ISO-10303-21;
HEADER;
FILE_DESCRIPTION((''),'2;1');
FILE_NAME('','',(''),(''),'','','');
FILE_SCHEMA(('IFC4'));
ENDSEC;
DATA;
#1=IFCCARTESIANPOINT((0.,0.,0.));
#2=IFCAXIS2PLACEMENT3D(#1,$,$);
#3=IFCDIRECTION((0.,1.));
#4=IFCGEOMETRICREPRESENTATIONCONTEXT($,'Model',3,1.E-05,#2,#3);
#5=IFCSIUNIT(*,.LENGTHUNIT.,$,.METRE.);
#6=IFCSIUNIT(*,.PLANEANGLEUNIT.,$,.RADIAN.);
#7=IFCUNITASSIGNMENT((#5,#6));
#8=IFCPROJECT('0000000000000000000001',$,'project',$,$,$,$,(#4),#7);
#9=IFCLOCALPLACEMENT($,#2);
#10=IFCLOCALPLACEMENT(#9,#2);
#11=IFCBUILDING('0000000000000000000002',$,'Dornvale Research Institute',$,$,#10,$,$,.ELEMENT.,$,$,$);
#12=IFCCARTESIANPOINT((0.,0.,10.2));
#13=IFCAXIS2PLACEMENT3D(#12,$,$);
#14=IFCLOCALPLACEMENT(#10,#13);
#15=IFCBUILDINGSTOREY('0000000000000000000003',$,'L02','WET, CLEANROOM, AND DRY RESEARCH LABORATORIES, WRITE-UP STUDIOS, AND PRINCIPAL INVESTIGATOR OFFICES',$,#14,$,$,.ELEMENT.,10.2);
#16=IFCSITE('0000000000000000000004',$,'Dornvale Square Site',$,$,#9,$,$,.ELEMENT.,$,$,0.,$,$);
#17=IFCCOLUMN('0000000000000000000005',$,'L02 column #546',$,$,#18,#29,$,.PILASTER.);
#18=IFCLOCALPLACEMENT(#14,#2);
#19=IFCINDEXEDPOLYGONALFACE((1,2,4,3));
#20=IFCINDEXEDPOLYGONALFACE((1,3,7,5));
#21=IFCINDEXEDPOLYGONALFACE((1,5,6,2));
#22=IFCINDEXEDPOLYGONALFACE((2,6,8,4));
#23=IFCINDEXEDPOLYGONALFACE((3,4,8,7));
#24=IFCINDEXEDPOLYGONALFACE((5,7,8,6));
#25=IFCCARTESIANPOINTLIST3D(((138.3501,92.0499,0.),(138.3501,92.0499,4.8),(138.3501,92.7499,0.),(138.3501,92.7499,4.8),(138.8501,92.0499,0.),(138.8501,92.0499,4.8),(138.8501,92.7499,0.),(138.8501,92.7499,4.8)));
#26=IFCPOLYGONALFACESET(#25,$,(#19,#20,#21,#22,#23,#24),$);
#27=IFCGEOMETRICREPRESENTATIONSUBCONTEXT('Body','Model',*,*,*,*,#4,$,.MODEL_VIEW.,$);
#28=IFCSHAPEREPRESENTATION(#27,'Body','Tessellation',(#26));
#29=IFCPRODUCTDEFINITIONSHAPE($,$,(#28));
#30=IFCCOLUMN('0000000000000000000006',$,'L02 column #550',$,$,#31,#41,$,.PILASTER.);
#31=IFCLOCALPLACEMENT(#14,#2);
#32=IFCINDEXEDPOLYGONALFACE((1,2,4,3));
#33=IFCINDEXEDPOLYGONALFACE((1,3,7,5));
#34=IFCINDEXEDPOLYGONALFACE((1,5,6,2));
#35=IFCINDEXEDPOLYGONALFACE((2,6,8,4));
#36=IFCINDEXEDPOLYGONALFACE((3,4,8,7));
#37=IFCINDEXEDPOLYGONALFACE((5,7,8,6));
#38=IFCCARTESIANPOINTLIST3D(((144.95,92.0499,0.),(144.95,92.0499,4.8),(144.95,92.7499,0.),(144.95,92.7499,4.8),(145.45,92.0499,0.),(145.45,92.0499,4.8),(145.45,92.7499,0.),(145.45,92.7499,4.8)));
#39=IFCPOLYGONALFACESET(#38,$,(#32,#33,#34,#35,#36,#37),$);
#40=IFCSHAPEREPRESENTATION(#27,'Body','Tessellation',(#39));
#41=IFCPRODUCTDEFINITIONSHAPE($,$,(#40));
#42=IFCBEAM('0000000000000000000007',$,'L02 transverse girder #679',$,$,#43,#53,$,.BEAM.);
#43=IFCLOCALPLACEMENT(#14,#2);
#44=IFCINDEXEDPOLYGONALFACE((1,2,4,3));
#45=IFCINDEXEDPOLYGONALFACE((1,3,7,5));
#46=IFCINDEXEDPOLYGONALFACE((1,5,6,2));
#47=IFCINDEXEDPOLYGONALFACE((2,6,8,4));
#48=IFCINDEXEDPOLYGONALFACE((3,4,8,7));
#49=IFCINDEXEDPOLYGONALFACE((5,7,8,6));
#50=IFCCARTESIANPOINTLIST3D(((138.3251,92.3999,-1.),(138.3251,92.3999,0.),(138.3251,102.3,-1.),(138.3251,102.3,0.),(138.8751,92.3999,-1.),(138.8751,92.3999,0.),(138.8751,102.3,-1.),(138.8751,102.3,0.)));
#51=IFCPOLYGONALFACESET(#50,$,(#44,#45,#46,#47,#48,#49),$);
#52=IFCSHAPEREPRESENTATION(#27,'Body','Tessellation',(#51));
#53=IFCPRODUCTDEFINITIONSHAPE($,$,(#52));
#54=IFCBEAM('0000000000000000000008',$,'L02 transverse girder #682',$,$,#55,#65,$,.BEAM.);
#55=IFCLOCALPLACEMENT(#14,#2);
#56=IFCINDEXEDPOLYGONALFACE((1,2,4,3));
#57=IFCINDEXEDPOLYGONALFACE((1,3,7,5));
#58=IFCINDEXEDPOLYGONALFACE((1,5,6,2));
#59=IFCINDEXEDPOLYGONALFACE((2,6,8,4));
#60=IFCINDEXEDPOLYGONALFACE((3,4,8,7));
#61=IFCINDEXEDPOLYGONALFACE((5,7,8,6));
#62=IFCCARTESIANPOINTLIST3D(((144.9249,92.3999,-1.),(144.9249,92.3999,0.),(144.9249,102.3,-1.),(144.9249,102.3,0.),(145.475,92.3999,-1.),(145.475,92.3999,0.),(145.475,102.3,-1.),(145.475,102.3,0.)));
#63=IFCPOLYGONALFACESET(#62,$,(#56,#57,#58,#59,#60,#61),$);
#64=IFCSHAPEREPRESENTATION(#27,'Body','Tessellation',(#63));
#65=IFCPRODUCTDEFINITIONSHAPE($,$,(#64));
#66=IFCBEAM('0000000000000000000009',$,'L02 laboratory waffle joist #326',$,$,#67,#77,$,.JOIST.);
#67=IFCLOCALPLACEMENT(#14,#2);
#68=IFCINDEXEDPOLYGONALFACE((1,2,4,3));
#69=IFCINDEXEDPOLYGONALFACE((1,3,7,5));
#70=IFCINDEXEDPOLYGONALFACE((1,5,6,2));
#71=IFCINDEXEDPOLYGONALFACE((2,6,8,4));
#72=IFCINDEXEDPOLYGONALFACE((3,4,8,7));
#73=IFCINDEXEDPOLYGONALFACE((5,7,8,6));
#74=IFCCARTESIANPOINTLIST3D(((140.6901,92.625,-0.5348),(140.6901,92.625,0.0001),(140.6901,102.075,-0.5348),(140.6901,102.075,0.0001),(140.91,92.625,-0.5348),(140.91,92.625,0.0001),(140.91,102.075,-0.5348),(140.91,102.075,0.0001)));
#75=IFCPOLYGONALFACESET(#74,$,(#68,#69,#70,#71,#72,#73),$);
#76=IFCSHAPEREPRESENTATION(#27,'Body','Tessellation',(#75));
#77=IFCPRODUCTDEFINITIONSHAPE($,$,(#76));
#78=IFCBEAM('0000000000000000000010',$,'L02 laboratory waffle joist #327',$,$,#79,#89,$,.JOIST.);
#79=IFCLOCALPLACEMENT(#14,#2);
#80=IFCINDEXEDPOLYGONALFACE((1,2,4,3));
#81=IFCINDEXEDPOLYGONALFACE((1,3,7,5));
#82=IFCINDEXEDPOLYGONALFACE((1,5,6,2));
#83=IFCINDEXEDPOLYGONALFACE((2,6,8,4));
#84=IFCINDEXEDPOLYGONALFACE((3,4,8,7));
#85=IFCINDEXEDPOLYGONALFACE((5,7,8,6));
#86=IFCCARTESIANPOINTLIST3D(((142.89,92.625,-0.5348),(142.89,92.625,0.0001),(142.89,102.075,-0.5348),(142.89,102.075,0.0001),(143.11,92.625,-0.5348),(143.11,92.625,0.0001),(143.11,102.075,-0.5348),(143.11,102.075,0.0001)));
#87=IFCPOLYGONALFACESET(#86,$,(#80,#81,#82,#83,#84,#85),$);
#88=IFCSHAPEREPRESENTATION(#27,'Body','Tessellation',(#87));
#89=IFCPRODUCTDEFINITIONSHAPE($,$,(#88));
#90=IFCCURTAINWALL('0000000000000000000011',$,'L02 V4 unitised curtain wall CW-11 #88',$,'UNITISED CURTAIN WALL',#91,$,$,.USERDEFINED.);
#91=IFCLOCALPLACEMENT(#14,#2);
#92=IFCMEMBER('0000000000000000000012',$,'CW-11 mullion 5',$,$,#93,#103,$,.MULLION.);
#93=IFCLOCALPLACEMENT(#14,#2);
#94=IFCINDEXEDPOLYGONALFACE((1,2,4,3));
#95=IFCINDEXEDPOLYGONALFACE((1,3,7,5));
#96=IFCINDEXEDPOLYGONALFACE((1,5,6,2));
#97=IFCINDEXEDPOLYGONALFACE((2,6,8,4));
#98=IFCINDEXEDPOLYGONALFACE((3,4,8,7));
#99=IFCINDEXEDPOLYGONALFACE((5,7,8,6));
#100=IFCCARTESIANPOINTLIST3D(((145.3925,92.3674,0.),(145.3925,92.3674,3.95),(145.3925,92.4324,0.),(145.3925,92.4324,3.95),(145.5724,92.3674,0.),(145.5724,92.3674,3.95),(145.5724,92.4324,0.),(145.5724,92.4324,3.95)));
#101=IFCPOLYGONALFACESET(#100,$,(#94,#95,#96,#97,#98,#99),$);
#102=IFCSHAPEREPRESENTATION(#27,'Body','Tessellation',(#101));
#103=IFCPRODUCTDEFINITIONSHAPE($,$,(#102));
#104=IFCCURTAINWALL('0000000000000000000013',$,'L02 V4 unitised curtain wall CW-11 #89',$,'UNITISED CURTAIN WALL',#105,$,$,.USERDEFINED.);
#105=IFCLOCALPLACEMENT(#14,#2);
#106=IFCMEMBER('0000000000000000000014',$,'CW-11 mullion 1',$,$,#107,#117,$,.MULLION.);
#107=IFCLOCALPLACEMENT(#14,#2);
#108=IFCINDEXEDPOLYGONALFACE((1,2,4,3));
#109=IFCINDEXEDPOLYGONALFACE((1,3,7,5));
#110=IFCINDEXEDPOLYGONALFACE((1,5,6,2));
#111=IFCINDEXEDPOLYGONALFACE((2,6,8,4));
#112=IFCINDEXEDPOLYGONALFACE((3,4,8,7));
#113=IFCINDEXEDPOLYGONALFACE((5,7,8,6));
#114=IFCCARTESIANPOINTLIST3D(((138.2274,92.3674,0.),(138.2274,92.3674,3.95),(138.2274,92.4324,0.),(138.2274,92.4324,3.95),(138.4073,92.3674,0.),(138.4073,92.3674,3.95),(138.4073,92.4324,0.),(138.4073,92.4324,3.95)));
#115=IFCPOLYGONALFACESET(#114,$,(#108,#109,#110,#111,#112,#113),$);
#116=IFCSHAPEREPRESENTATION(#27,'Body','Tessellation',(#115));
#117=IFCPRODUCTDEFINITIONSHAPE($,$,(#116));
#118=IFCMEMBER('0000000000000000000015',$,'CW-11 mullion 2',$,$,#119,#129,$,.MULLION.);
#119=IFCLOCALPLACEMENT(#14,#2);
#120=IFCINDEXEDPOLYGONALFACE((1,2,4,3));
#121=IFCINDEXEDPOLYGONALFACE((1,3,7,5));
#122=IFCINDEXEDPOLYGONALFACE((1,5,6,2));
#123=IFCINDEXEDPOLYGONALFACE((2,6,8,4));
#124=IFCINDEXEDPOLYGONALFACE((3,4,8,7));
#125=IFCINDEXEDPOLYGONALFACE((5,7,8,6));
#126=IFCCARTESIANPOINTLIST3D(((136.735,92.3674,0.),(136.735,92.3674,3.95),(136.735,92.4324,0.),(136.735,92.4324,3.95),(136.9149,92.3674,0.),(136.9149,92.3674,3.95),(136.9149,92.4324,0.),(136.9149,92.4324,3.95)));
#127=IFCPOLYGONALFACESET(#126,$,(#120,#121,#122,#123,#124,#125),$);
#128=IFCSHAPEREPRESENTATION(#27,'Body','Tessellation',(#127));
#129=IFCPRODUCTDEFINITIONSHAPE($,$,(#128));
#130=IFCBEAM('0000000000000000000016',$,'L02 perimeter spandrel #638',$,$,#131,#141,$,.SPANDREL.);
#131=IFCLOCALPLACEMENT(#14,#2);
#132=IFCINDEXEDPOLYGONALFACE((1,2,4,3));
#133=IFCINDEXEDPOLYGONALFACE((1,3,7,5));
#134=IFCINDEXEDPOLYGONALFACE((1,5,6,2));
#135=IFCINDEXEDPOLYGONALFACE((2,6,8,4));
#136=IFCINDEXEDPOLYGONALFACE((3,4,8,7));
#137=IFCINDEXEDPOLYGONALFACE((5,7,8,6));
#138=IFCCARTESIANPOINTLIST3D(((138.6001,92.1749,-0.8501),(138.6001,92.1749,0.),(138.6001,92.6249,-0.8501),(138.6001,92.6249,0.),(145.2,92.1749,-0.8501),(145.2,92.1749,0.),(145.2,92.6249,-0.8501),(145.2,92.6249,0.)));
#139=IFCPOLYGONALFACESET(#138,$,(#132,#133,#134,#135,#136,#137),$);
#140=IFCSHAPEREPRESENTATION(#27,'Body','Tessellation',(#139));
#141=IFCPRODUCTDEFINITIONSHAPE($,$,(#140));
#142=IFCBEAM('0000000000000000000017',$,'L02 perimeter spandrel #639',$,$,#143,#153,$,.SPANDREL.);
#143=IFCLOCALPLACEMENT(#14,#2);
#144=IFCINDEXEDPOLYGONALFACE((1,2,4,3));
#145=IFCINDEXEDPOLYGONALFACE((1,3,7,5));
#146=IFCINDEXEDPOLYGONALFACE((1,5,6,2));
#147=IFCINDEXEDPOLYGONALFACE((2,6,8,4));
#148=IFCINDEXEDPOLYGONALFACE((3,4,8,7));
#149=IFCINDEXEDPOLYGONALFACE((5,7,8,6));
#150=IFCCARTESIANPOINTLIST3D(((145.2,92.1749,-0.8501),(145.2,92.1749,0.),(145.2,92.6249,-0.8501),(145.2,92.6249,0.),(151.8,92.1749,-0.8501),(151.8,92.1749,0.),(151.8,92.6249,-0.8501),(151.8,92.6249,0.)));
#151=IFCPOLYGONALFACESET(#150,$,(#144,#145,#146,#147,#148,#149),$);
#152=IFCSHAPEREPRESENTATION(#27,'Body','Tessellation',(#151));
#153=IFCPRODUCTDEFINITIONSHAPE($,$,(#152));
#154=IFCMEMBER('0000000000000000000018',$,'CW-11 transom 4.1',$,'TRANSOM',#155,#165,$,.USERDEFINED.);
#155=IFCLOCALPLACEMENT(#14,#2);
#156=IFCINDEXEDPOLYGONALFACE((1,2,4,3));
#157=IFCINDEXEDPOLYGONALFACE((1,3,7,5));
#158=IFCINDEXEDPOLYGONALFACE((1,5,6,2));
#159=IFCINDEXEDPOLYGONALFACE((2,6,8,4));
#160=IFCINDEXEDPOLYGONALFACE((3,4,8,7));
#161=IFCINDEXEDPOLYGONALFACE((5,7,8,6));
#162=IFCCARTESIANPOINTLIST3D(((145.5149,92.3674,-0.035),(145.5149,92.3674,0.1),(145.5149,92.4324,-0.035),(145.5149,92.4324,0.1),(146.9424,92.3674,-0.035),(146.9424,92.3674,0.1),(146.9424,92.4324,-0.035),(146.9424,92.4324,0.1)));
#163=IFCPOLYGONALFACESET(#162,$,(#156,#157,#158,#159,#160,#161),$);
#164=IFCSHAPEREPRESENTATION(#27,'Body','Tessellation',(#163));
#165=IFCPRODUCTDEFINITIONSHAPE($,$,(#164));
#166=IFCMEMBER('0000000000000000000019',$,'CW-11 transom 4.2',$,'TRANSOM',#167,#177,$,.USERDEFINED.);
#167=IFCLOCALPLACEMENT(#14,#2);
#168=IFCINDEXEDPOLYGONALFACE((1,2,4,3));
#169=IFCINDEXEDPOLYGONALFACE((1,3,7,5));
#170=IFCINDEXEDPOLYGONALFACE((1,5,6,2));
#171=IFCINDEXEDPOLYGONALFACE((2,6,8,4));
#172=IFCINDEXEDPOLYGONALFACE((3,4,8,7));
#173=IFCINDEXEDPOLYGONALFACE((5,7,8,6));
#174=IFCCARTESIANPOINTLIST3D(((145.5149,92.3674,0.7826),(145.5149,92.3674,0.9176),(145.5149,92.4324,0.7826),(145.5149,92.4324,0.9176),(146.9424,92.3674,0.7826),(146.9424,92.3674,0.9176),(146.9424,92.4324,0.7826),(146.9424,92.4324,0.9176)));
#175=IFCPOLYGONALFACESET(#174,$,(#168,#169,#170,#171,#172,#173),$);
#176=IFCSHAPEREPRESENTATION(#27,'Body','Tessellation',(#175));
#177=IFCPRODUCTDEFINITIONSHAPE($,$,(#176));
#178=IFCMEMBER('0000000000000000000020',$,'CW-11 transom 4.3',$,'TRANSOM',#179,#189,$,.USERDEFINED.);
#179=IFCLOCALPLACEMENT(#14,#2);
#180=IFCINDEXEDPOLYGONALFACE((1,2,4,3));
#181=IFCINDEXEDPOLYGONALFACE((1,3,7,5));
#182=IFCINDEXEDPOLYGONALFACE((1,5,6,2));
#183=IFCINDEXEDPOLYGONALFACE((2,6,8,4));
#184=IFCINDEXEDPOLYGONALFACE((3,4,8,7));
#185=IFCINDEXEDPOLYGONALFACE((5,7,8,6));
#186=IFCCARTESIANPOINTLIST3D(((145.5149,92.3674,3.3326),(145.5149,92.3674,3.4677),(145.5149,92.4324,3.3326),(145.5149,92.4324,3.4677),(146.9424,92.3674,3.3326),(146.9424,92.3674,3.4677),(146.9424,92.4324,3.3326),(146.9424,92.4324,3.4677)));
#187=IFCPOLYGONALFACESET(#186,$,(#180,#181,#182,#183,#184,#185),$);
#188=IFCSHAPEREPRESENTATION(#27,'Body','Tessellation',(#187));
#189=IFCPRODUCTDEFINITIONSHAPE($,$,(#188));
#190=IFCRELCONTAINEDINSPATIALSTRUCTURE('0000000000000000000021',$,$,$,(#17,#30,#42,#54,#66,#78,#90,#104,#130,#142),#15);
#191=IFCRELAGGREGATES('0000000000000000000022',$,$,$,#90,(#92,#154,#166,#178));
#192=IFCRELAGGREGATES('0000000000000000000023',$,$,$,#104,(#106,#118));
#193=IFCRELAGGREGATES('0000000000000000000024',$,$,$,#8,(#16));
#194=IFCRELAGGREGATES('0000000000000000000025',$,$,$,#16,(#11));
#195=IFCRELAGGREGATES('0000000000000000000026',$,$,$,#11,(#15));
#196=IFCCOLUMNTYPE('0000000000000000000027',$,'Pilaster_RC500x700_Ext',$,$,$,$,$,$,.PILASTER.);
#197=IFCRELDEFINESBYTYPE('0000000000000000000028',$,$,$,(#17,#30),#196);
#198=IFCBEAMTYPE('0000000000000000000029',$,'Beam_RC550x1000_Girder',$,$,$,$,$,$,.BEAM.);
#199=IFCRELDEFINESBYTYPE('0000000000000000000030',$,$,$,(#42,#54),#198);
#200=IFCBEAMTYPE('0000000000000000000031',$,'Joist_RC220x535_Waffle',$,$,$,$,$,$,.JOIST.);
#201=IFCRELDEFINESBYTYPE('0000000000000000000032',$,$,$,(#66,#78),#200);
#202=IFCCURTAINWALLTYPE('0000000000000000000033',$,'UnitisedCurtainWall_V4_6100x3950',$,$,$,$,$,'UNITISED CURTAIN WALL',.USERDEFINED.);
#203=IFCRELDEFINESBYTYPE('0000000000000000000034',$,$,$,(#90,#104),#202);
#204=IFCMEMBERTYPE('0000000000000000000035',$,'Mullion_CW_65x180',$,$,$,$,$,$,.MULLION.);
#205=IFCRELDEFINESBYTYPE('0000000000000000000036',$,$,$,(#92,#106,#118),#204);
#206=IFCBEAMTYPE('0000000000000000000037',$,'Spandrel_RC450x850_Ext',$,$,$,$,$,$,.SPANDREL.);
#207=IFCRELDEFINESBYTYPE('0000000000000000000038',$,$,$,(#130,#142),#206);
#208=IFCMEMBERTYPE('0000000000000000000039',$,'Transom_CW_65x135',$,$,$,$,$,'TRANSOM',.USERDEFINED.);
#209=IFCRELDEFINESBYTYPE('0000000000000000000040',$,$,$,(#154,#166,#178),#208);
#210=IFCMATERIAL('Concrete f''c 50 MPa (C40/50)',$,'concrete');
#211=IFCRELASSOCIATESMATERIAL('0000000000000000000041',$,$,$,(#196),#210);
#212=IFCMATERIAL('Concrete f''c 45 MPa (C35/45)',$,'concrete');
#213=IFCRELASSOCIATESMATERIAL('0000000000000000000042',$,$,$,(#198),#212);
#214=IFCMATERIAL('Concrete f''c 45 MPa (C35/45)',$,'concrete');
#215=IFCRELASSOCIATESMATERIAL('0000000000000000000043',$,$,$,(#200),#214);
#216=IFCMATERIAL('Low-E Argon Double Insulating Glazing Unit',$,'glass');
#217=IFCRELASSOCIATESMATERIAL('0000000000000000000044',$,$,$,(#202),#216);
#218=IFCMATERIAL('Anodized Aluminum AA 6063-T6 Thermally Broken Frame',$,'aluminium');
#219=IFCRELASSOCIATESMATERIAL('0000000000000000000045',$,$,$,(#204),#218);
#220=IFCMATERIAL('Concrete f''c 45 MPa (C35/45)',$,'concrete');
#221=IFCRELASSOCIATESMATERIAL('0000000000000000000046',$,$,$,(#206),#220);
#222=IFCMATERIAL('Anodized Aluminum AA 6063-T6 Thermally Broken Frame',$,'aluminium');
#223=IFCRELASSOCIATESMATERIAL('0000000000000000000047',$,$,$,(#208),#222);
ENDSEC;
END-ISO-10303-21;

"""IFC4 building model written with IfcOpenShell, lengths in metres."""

from ifc_helpers import new_model, si_unit, direction, frame, origin, origin_2d, place, context, subcontext, project, spatial, rectangle, extrude, material, material_profile, profile_set, type_object, element, aggregate, save


model = new_model("IFC4")

# Units and contexts
model_context = context("Model", 3, precision=1e-05, world=origin(), true_north=direction((0.0, 1.0)))
body_context = subcontext(model_context, "Body", "Model", "MODEL_VIEW")
ifc_project = project(units=[si_unit("LENGTHUNIT", "METRE"), si_unit("PLANEANGLEUNIT", "RADIAN")], contexts=[model_context])

# Site, building, storey
site_placement = place(None, origin())
site = spatial("IfcSite", under=ifc_project, at=site_placement, Name="Dornvale Square Site", CompositionType="ELEMENT", RefElevation=0.0)
building_placement = place(site_placement, origin())
building = spatial("IfcBuilding", under=site, at=building_placement, Name="Dornvale Research Institute", CompositionType="ELEMENT")
storey_placement = place(building_placement, frame((0.0, 0.0, 10.2)))
storey = spatial("IfcBuildingStorey", under=building, at=storey_placement, Name="L02", Description="WET, CLEANROOM, AND DRY RESEARCH LABORATORIES, WRITE-UP STUDIOS, AND PRINCIPAL INVESTIGATOR OFFICES", CompositionType="ELEMENT", Elevation=10.2)

# Columns
ifc_material_1 = material(Name="Concrete f'c 50 MPa (C40/50)", Category="concrete")
ifc_material_profile_1 = material_profile(ifc_material_1, rectangle(XDim=0.5, YDim=0.7, at=origin_2d()), Name="RC 500x700")
ifc_profile_set_1 = profile_set([ifc_material_profile_1], Name="Concrete f'c 50 MPa (C40/50)")
column_type = type_object("IfcColumnType", Name="Pilaster_RC500x700_Ext", PredefinedType="PILASTER", material=ifc_profile_set_1)
for number, where, z_axis, x_axis, name in (
    (1, (138.6001, 92.3999, 0.0), (0.0, 0.0, 1.0), (1.0, 0.0, 0.0), "L02 column #546"),
    (2, (145.2, 92.3999, 0.0), (0.0, 0.0, 1.0), (1.0, 0.0, 0.0), "L02 column #550"),
):
    element("IfcColumn", number, at=place(storey_placement, frame(where, z_axis=z_axis, x_axis=x_axis)), inside=storey, type_object=column_type, Name=name, PredefinedType="PILASTER", context=body_context, shape_type="SweptSolid", body=[
        extrude(rectangle(XDim=0.5, YDim=0.7, at=origin_2d()), origin(), (0.0, 0.0, 1.0), 4.8),
    ])

# Beams
ifc_material_2 = material(Name="Concrete f'c 45 MPa (C35/45)", Category="concrete")
ifc_material_profile_2 = material_profile(ifc_material_2, rectangle(XDim=0.55, YDim=1.0, at=origin_2d()), Name="RC 550x1000")
ifc_profile_set_2 = profile_set([ifc_material_profile_2], Name="Concrete f'c 45 MPa (C35/45)")
beam_type_1 = type_object("IfcBeamType", Name="Beam_RC550x1000_Girder", PredefinedType="BEAM", material=ifc_profile_set_2)
for number, where, z_axis, x_axis, name in (
    (3, (138.6001, 92.3999, -0.5), (0.0, 1.0, 0.0), (-1.0, 0.0, 0.0), "L02 transverse girder #679"),
    (4, (145.2, 92.3999, -0.5), (0.0, 1.0, 0.0), (-1.0, 0.0, 0.0), "L02 transverse girder #682"),
):
    element("IfcBeam", number, at=place(storey_placement, frame(where, z_axis=z_axis, x_axis=x_axis)), inside=storey, type_object=beam_type_1, Name=name, PredefinedType="BEAM", context=body_context, shape_type="SweptSolid", body=[
        extrude(rectangle(XDim=0.55, YDim=1.0, at=origin_2d()), origin(), (0.0, 0.0, 1.0), 9.9001),
    ])
ifc_material_3 = material(Name="Concrete f'c 45 MPa (C35/45)", Category="concrete")
ifc_material_profile_3 = material_profile(ifc_material_3, rectangle(XDim=0.22, YDim=0.5349, at=origin_2d()), Name="RC 220x535")
ifc_profile_set_3 = profile_set([ifc_material_profile_3], Name="Concrete f'c 45 MPa (C35/45)")
beam_type_2 = type_object("IfcBeamType", Name="Joist_RC220x535_Waffle", PredefinedType="JOIST", material=ifc_profile_set_3)
for number, where, z_axis, x_axis, name in (
    (5, (140.8, 92.625, -0.2673), (0.0, 1.0, 0.0), (-1.0, 0.0, 0.0), "L02 laboratory waffle joist #326"),
    (6, (143.0, 92.625, -0.2673), (0.0, 1.0, 0.0), (-1.0, 0.0, 0.0), "L02 laboratory waffle joist #327"),
):
    element("IfcBeam", number, at=place(storey_placement, frame(where, z_axis=z_axis, x_axis=x_axis)), inside=storey, type_object=beam_type_2, Name=name, PredefinedType="JOIST", context=body_context, shape_type="SweptSolid", body=[
        extrude(rectangle(XDim=0.22, YDim=0.5349, at=origin_2d()), origin(), (0.0, 0.0, 1.0), 9.45),
    ])

# Curtain wall, member
ifc_material_4 = material(Name="Low-E Argon Double Insulating Glazing Unit", Category="glass")
curtain_wall_type = type_object("IfcCurtainWallType", Name="UnitisedCurtainWall_V4_6100x3950", ElementType="UNITISED CURTAIN WALL", PredefinedType="USERDEFINED", material=ifc_material_4)
curtain_wall_1_placement = place(storey_placement, origin())
curtain_wall_1 = element("IfcCurtainWall", 7, at=curtain_wall_1_placement, inside=storey, type_object=curtain_wall_type, Name="L02 V4 unitised curtain wall CW-11 #88", ObjectType="UNITISED CURTAIN WALL", PredefinedType="USERDEFINED")
ifc_material_5 = material(Name="Anodized Aluminum AA 6063-T6 Thermally Broken Frame", Category="aluminium")
ifc_material_profile_4 = material_profile(ifc_material_5, rectangle(XDim=0.0649, YDim=0.1799, at=origin_2d()), Name="ALU MULLION 65x180")
ifc_profile_set_4 = profile_set([ifc_material_profile_4], Name="Anodized Aluminum AA 6063-T6 Thermally Broken Frame")
member_type_1 = type_object("IfcMemberType", Name="Mullion_CW_65x180", PredefinedType="MULLION", material=ifc_profile_set_4)
member_1_placement = place(storey_placement, frame((145.4824, 92.3999, 0.0), z_axis=(0.0, 0.0, 1.0), x_axis=(0.0, -1.0, 0.0)))
member_1 = element("IfcMember", 8, at=member_1_placement, type_object=member_type_1, Name="CW-11 mullion 5", PredefinedType="MULLION", context=body_context, shape_type="SweptSolid", body=[
    extrude(rectangle(XDim=0.0649, YDim=0.1799, at=origin_2d()), origin(), (0.0, 0.0, 1.0), 3.95),
])

# Curtain wall, members
curtain_wall_2_placement = place(storey_placement, origin())
curtain_wall_2 = element("IfcCurtainWall", 9, at=curtain_wall_2_placement, inside=storey, type_object=curtain_wall_type, Name="L02 V4 unitised curtain wall CW-11 #89", ObjectType="UNITISED CURTAIN WALL", PredefinedType="USERDEFINED")
member_2_placement = place(storey_placement, frame((138.3174, 92.3999, 0.0), z_axis=(0.0, 0.0, 1.0), x_axis=(0.0, -1.0, 0.0)))
member_2 = element("IfcMember", 10, at=member_2_placement, type_object=member_type_1, Name="CW-11 mullion 1", PredefinedType="MULLION", context=body_context, shape_type="SweptSolid", body=[
    extrude(rectangle(XDim=0.0649, YDim=0.1799, at=origin_2d()), origin(), (0.0, 0.0, 1.0), 3.95),
])
member_3_placement = place(storey_placement, frame((136.825, 92.3999, 0.0), z_axis=(0.0, 0.0, 1.0), x_axis=(0.0, -1.0, 0.0)))
member_3 = element("IfcMember", 11, at=member_3_placement, type_object=member_type_1, Name="CW-11 mullion 2", PredefinedType="MULLION", context=body_context, shape_type="SweptSolid", body=[
    extrude(rectangle(XDim=0.0649, YDim=0.1799, at=origin_2d()), origin(), (0.0, 0.0, 1.0), 3.95),
])

# Beams
ifc_material_6 = material(Name="Concrete f'c 45 MPa (C35/45)", Category="concrete")
ifc_material_profile_5 = material_profile(ifc_material_6, rectangle(XDim=0.45, YDim=0.8501, at=origin_2d()), Name="RC 450x850")
ifc_profile_set_5 = profile_set([ifc_material_profile_5], Name="Concrete f'c 45 MPa (C35/45)")
beam_type_3 = type_object("IfcBeamType", Name="Spandrel_RC450x850_Ext", PredefinedType="SPANDREL", material=ifc_profile_set_5)
beam_1_placement = place(storey_placement, frame((138.6001, 92.3999, -0.425), z_axis=(1.0, 0.0, 0.0), x_axis=(0.0, 1.0, 0.0)))
element("IfcBeam", 12, at=beam_1_placement, inside=storey, type_object=beam_type_3, Name="L02 perimeter spandrel #638", PredefinedType="SPANDREL", context=body_context, shape_type="SweptSolid", body=[
    extrude(rectangle(XDim=0.45, YDim=0.8501, at=origin_2d()), origin(), (0.0, 0.0, 1.0), 6.5999),
])
beam_2_placement = place(storey_placement, frame((145.2, 92.3999, -0.425), z_axis=(1.0, 0.0, 0.0), x_axis=(0.0, 1.0, 0.0)))
element("IfcBeam", 13, at=beam_2_placement, inside=storey, type_object=beam_type_3, Name="L02 perimeter spandrel #639", PredefinedType="SPANDREL", context=body_context, shape_type="SweptSolid", body=[
    extrude(rectangle(XDim=0.45, YDim=0.8501, at=origin_2d()), origin(), (0.0, 0.0, 1.0), 6.6001),
])

# Members
ifc_material_7 = material(Name="Anodized Aluminum AA 6063-T6 Thermally Broken Frame", Category="aluminium")
ifc_material_profile_6 = material_profile(ifc_material_7, rectangle(XDim=0.0649, YDim=0.135, at=origin_2d()), Name="ALU TRANSOM 65x135")
ifc_profile_set_6 = profile_set([ifc_material_profile_6], Name="Anodized Aluminum AA 6063-T6 Thermally Broken Frame")
member_type_2 = type_object("IfcMemberType", Name="Transom_CW_65x135", ElementType="TRANSOM", PredefinedType="USERDEFINED", material=ifc_profile_set_6)
member_4_placement = place(storey_placement, frame((146.9424, 92.3999, 0.0325), z_axis=(-1.0, 0.0, 0.0), x_axis=(0.0, -1.0, 0.0)))
member_4 = element("IfcMember", 14, at=member_4_placement, type_object=member_type_2, Name="CW-11 transom 4.1", ObjectType="TRANSOM", PredefinedType="USERDEFINED", context=body_context, shape_type="SweptSolid", body=[
    extrude(rectangle(XDim=0.0649, YDim=0.135, at=origin_2d()), origin(), (0.0, 0.0, 1.0), 1.4275),
])
member_5_placement = place(storey_placement, frame((146.9424, 92.3999, 0.8501), z_axis=(-1.0, 0.0, 0.0), x_axis=(0.0, -1.0, 0.0)))
member_5 = element("IfcMember", 15, at=member_5_placement, type_object=member_type_2, Name="CW-11 transom 4.2", ObjectType="TRANSOM", PredefinedType="USERDEFINED", context=body_context, shape_type="SweptSolid", body=[
    extrude(rectangle(XDim=0.0649, YDim=0.135, at=origin_2d()), origin(), (0.0, 0.0, 1.0), 1.4275),
])
member_6_placement = place(storey_placement, frame((146.9424, 92.3999, 3.4001), z_axis=(-1.0, 0.0, 0.0), x_axis=(0.0, -1.0, 0.0)))
member_6 = element("IfcMember", 16, at=member_6_placement, type_object=member_type_2, Name="CW-11 transom 4.3", ObjectType="TRANSOM", PredefinedType="USERDEFINED", context=body_context, shape_type="SweptSolid", body=[
    extrude(rectangle(XDim=0.0649, YDim=0.135, at=origin_2d()), origin(), (0.0, 0.0, 1.0), 1.4275),
])

aggregate(curtain_wall_1, [member_1, member_4, member_5, member_6])
aggregate(curtain_wall_2, [member_2, member_3])

save(model, "model.ifc")
